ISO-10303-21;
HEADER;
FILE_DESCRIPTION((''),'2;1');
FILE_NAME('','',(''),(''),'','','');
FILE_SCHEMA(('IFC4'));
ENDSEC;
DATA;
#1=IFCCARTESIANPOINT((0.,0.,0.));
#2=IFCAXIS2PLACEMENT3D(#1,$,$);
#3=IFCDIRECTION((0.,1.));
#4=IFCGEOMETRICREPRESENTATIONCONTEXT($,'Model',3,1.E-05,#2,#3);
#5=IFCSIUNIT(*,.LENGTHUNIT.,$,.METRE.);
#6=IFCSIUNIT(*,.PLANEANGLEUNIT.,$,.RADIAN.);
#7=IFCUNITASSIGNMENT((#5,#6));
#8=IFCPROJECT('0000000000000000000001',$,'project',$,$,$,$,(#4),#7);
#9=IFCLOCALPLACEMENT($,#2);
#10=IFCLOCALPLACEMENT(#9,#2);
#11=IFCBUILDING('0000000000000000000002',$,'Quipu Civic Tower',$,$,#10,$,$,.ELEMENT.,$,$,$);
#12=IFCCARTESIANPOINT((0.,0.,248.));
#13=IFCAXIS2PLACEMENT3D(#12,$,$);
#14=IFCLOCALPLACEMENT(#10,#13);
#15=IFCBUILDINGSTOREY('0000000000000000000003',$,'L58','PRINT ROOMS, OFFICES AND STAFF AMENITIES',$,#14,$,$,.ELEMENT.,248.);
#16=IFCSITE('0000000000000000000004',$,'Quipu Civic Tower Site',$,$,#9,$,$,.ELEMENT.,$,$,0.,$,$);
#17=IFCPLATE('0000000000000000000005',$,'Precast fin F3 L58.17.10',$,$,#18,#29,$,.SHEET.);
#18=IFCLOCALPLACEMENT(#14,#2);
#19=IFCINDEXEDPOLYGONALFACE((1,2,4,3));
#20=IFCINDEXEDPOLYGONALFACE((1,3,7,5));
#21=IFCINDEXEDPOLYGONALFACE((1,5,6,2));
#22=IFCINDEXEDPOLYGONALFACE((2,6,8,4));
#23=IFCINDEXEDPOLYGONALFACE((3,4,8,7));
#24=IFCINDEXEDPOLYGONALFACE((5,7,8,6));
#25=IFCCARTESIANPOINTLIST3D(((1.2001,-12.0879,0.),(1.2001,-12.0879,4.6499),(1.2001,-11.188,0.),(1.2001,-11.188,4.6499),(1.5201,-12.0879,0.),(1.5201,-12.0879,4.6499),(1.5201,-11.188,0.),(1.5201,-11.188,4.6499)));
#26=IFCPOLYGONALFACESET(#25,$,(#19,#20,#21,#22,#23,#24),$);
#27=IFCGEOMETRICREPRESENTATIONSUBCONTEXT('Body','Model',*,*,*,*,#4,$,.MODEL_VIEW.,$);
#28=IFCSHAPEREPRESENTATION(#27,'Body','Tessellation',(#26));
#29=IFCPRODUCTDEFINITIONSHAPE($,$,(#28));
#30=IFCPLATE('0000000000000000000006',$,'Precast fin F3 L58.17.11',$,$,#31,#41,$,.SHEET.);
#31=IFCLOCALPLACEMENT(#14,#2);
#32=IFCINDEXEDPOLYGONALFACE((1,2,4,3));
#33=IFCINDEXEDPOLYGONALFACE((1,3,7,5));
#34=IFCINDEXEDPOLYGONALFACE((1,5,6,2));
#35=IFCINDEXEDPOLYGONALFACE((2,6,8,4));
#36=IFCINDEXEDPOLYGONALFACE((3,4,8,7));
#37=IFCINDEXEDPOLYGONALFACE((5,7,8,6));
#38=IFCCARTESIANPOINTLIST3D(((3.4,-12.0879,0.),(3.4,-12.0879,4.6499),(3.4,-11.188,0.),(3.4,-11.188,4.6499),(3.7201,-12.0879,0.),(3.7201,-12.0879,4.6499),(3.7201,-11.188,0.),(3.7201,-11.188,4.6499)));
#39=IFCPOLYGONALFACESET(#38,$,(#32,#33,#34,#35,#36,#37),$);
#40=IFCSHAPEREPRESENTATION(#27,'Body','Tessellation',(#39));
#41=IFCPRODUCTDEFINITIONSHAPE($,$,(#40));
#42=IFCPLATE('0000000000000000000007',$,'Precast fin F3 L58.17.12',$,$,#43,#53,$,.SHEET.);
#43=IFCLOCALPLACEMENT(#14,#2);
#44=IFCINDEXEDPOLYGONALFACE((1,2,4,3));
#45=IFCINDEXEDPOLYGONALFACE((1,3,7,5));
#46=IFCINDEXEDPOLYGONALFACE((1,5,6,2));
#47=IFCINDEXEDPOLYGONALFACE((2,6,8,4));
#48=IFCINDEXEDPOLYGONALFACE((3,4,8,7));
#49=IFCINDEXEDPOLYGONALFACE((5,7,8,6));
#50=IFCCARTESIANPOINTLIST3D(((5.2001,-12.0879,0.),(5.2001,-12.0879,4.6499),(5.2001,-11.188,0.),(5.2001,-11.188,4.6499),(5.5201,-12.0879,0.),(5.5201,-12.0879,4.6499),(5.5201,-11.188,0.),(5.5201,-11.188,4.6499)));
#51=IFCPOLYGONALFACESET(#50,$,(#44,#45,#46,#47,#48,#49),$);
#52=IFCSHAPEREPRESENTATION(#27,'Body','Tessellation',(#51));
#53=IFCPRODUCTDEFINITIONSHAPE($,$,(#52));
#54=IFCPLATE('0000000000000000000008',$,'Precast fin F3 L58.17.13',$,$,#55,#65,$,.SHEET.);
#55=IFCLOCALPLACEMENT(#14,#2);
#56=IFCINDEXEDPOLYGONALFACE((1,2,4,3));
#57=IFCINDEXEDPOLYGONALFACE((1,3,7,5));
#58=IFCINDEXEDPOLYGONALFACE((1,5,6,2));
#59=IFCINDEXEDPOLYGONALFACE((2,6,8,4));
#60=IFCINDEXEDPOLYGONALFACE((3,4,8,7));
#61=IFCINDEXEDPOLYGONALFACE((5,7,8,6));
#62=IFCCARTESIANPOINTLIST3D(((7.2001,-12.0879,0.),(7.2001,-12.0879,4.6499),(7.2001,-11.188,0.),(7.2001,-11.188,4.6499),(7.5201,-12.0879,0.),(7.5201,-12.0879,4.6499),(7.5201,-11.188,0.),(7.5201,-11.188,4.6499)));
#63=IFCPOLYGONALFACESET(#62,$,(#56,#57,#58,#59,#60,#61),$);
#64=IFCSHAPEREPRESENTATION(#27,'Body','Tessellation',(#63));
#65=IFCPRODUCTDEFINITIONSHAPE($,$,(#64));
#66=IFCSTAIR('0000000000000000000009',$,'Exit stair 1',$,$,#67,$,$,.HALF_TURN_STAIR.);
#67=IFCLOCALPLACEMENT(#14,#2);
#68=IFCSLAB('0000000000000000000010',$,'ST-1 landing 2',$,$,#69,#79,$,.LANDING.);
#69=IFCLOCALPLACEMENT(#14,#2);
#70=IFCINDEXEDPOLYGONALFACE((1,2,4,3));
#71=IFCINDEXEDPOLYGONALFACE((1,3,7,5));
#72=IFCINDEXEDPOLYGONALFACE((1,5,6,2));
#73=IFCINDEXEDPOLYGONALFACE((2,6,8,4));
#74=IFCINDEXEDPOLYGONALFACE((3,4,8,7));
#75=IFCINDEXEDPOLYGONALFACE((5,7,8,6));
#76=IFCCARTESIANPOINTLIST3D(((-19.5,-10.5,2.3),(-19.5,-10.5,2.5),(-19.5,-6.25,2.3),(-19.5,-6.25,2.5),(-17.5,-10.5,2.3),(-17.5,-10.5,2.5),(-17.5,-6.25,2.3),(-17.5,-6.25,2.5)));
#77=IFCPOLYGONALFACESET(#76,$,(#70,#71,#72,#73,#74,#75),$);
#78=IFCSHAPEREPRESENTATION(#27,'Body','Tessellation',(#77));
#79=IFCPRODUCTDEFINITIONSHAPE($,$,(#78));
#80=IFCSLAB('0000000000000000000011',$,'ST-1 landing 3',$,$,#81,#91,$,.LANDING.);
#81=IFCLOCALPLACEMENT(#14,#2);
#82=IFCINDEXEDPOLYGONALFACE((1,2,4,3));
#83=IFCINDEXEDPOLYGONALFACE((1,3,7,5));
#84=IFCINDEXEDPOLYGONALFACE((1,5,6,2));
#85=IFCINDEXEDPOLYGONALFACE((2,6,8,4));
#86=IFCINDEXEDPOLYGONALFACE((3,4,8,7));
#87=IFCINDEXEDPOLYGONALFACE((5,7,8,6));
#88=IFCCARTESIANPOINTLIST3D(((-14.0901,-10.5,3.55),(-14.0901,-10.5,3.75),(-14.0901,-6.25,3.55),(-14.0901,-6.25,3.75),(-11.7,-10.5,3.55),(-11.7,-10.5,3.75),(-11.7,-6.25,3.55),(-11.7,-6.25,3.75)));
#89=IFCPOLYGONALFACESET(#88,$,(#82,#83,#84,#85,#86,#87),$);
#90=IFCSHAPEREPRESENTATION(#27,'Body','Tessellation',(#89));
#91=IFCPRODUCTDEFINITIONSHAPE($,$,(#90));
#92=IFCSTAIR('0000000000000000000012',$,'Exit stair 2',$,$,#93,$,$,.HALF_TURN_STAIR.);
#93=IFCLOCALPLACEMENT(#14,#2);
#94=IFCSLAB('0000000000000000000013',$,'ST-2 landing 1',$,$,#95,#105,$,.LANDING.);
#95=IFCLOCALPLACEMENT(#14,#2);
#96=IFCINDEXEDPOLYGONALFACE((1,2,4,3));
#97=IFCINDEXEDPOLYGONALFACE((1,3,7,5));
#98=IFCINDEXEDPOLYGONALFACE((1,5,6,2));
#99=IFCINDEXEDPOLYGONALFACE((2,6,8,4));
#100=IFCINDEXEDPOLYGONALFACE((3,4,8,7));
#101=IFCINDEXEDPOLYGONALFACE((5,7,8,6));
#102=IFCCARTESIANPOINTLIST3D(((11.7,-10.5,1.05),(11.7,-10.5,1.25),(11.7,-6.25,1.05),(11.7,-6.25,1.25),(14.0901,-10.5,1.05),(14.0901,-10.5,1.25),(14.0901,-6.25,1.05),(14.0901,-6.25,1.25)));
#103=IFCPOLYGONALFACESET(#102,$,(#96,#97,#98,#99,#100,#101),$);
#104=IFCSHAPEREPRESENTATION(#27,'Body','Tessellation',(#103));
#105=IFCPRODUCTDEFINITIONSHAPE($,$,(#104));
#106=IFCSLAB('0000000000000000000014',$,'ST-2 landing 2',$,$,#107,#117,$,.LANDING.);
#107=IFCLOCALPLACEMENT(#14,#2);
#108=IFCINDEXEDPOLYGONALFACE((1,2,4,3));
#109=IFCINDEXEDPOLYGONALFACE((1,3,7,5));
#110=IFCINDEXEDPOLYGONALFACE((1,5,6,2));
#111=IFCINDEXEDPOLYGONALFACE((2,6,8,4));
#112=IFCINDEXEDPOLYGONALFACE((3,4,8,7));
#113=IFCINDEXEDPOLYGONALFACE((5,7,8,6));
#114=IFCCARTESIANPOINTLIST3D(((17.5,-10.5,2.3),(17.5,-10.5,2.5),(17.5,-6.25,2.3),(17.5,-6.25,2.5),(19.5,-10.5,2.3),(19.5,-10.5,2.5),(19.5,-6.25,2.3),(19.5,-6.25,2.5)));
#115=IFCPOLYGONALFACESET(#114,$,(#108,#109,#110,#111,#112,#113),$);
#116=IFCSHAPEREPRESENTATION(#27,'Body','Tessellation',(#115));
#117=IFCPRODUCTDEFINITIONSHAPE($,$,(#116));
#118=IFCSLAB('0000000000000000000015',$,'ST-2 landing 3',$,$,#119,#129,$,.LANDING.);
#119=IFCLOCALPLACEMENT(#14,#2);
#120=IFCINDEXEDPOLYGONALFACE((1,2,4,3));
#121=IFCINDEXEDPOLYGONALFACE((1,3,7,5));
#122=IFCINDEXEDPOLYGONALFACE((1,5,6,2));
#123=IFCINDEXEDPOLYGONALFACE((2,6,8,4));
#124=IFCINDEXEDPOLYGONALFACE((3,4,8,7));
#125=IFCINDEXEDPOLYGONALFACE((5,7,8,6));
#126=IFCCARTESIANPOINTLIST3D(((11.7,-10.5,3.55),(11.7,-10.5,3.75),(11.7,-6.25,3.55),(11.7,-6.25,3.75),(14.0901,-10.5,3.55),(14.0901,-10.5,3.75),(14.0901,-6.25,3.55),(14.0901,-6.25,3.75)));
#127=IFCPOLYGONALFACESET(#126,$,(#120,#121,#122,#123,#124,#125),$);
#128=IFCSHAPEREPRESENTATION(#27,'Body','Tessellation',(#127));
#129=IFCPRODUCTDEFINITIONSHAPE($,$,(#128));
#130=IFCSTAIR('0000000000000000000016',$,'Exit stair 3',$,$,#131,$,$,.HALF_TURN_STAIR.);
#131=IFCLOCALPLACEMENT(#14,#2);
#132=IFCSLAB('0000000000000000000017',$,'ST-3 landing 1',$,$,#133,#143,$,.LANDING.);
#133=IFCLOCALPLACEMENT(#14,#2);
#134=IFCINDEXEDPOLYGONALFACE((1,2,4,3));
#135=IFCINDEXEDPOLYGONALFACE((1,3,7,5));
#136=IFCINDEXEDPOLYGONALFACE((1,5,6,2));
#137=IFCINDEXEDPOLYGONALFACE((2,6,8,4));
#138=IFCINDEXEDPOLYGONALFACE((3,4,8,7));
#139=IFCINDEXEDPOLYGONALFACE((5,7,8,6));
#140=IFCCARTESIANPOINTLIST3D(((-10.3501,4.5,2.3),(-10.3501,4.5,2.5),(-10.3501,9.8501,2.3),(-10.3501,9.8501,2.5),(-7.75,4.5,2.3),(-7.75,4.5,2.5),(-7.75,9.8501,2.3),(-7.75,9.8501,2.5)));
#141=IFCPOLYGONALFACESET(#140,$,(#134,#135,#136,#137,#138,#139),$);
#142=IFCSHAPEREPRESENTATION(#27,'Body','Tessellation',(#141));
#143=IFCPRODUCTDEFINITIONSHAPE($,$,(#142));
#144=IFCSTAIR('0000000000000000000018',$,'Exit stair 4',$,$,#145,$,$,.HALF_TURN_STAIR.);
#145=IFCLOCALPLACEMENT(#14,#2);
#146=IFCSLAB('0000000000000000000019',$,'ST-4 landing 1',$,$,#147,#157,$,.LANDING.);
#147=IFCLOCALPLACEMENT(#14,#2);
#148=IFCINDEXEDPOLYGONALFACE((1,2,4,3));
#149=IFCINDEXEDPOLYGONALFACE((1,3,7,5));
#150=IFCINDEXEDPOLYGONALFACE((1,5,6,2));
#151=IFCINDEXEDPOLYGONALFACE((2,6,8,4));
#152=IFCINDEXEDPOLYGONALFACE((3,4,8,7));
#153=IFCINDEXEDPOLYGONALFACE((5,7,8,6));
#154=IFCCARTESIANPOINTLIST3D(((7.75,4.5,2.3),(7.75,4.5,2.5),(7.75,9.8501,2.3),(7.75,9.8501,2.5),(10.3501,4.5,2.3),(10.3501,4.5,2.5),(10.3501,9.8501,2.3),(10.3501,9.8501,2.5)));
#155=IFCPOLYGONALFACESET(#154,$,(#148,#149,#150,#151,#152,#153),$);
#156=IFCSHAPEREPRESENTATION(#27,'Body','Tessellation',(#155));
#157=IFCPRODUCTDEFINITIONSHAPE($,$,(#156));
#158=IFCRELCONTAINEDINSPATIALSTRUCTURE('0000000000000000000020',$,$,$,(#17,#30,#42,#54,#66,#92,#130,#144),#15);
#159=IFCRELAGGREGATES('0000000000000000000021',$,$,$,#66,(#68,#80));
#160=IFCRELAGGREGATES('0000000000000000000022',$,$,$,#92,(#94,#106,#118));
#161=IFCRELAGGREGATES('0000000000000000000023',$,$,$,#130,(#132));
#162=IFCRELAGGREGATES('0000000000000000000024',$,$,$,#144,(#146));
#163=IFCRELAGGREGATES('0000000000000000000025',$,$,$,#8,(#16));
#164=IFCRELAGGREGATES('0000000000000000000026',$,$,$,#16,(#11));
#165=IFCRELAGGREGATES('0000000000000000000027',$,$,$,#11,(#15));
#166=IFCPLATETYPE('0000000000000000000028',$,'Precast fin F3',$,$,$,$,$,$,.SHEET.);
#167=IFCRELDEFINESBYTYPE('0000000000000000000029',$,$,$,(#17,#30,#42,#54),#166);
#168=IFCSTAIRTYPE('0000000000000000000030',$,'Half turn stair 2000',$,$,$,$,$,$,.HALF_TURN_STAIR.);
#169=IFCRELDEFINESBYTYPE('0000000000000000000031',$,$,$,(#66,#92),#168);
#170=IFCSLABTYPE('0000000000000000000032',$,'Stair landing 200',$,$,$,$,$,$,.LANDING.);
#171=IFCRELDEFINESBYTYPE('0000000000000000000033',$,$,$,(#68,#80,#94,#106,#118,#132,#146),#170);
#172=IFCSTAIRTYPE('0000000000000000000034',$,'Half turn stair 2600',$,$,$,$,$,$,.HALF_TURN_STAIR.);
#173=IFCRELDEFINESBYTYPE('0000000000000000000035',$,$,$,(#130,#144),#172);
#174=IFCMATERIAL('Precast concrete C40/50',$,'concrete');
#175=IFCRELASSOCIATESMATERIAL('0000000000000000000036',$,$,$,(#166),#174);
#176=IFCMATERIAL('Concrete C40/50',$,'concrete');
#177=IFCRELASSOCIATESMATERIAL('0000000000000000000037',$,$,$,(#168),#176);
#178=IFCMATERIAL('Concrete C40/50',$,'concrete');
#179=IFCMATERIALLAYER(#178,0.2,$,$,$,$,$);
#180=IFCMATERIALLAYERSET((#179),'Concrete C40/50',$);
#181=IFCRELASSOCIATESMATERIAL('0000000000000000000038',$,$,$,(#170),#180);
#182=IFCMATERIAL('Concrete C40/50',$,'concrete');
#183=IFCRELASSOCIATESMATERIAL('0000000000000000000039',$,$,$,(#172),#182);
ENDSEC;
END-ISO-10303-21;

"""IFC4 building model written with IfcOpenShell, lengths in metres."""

from ifc_helpers import new_model, si_unit, direction, frame, origin, origin_2d, place, context, subcontext, project, spatial, polyline, rectangle, outline, extrude, material, layer, layer_set, type_object, element, aggregate, save


model = new_model("IFC4")

# Units and contexts
model_context = context("Model", 3, precision=1e-05, world=origin(), true_north=direction((0.0, 1.0)))
body_context = subcontext(model_context, "Body", "Model", "MODEL_VIEW")
ifc_project = project(units=[si_unit("LENGTHUNIT", "METRE"), si_unit("PLANEANGLEUNIT", "RADIAN")], contexts=[model_context])

# Site, building, storey
site_placement = place(None, origin())
site = spatial("IfcSite", under=ifc_project, at=site_placement, Name="Quipu Civic Tower Site", CompositionType="ELEMENT", RefElevation=0.0)
building_placement = place(site_placement, origin())
building = spatial("IfcBuilding", under=site, at=building_placement, Name="Quipu Civic Tower", CompositionType="ELEMENT")
storey_placement = place(building_placement, frame((0.0, 0.0, 248.0)))
storey = spatial("IfcBuildingStorey", under=building, at=storey_placement, Name="L58", Description="PRINT ROOMS, OFFICES AND STAFF AMENITIES", CompositionType="ELEMENT", Elevation=248.0)

# Plates
ifc_material_1 = material(Name="Precast concrete C40/50", Category="concrete")
plate_type = type_object("IfcPlateType", Name="Precast fin F3", PredefinedType="SHEET", material=ifc_material_1)
for number, where, z_axis, x_axis, name in (
    (1, (1.3601, -11.6379, 0.0), (0.0, 0.0, 1.0), (1.0, 0.0, 0.0), "Precast fin F3 L58.17.10"),
    (2, (3.5601, -11.6379, 0.0), (0.0, 0.0, 1.0), (1.0, 0.0, 0.0), "Precast fin F3 L58.17.11"),
    (3, (5.3601, -11.6379, 0.0), (0.0, 0.0, 1.0), (1.0, 0.0, 0.0), "Precast fin F3 L58.17.12"),
    (4, (7.3601, -11.6379, 0.0), (0.0, 0.0, 1.0), (1.0, 0.0, 0.0), "Precast fin F3 L58.17.13"),
):
    element("IfcPlate", number, at=place(storey_placement, frame(where, z_axis=z_axis, x_axis=x_axis)), inside=storey, type_object=plate_type, Name=name, PredefinedType="SHEET", context=body_context, shape_type="SweptSolid", body=[
        extrude(rectangle(XDim=0.3201, YDim=0.8999, at=origin_2d()), origin(), (0.0, 0.0, 1.0), 4.6499),
    ])

# Stairs, slabs
ifc_material_2 = material(Name="Concrete C40/50", Category="concrete")
stair_type_1 = type_object("IfcStairType", Name="Half turn stair 2000", PredefinedType="HALF_TURN_STAIR", material=ifc_material_2)
stair_1_placement = place(storey_placement, origin())
stair_1 = element("IfcStair", 5, at=stair_1_placement, inside=storey, type_object=stair_type_1, Name="Exit stair 1", PredefinedType="HALF_TURN_STAIR")
ifc_material_3 = material(Name="Concrete C40/50", Category="concrete")
ifc_layer_1 = layer(ifc_material_3, 0.2)
ifc_layer_set_1 = layer_set([ifc_layer_1], Name="Concrete C40/50")
slab_type = type_object("IfcSlabType", Name="Stair landing 200", PredefinedType="LANDING", material=ifc_layer_set_1)
slab_1_placement = place(storey_placement, frame((0.0, 0.0, 2.3)))
slab_1 = element("IfcSlab", 6, at=slab_1_placement, type_object=slab_type, Name="ST-1 landing 2", PredefinedType="LANDING", context=body_context, shape_type="SweptSolid", body=[
    extrude(outline(polyline([(-19.5, -10.5), (-17.5, -10.5), (-17.5, -6.25), (-19.5, -6.25), (-19.5, -10.5)])), origin(), (0.0, 0.0, 1.0), 0.2),
])
slab_2_placement = place(storey_placement, frame((0.0, 0.0, 3.55)))
slab_2 = element("IfcSlab", 7, at=slab_2_placement, type_object=slab_type, Name="ST-1 landing 3", PredefinedType="LANDING", context=body_context, shape_type="SweptSolid", body=[
    extrude(outline(polyline([(-14.0901, -10.5), (-11.7, -10.5), (-11.7, -6.25), (-14.0901, -6.25), (-14.0901, -10.5)])), origin(), (0.0, 0.0, 1.0), 0.2),
])
aggregate(stair_1, [slab_1, slab_2])
stair_2_placement = place(storey_placement, origin())
stair_2 = element("IfcStair", 8, at=stair_2_placement, inside=storey, type_object=stair_type_1, Name="Exit stair 2", PredefinedType="HALF_TURN_STAIR")
slab_3_placement = place(storey_placement, frame((0.0, 0.0, 1.05)))
slab_3 = element("IfcSlab", 9, at=slab_3_placement, type_object=slab_type, Name="ST-2 landing 1", PredefinedType="LANDING", context=body_context, shape_type="SweptSolid", body=[
    extrude(outline(polyline([(14.0901, -6.25), (11.7, -6.25), (11.7, -10.5), (14.0901, -10.5), (14.0901, -6.25)])), origin(), (0.0, 0.0, 1.0), 0.2),
])
slab_4_placement = place(storey_placement, frame((0.0, 0.0, 2.3)))
slab_4 = element("IfcSlab", 10, at=slab_4_placement, type_object=slab_type, Name="ST-2 landing 2", PredefinedType="LANDING", context=body_context, shape_type="SweptSolid", body=[
    extrude(outline(polyline([(19.5, -6.25), (17.5, -6.25), (17.5, -10.5), (19.5, -10.5), (19.5, -6.25)])), origin(), (0.0, 0.0, 1.0), 0.2),
])
slab_5_placement = place(storey_placement, frame((0.0, 0.0, 3.55)))
slab_5 = element("IfcSlab", 11, at=slab_5_placement, type_object=slab_type, Name="ST-2 landing 3", PredefinedType="LANDING", context=body_context, shape_type="SweptSolid", body=[
    extrude(outline(polyline([(14.0901, -6.25), (11.7, -6.25), (11.7, -10.5), (14.0901, -10.5), (14.0901, -6.25)])), origin(), (0.0, 0.0, 1.0), 0.2),
])
aggregate(stair_2, [slab_3, slab_4, slab_5])

# Stairs, slabs
ifc_material_4 = material(Name="Concrete C40/50", Category="concrete")
stair_type_2 = type_object("IfcStairType", Name="Half turn stair 2600", PredefinedType="HALF_TURN_STAIR", material=ifc_material_4)
stair_3_placement = place(storey_placement, origin())
stair_3 = element("IfcStair", 12, at=stair_3_placement, inside=storey, type_object=stair_type_2, Name="Exit stair 3", PredefinedType="HALF_TURN_STAIR")
slab_6_placement = place(storey_placement, frame((0.0, 0.0, 2.3)))
slab_6 = element("IfcSlab", 13, at=slab_6_placement, type_object=slab_type, Name="ST-3 landing 1", PredefinedType="LANDING", context=body_context, shape_type="SweptSolid", body=[
    extrude(outline(polyline([(-10.3501, 4.5), (-7.75, 4.5), (-7.75, 9.8501), (-10.3501, 9.8501), (-10.3501, 4.5)])), origin(), (0.0, 0.0, 1.0), 0.2),
])
aggregate(stair_3, [slab_6])
stair_4_placement = place(storey_placement, origin())
stair_4 = element("IfcStair", 14, at=stair_4_placement, inside=storey, type_object=stair_type_2, Name="Exit stair 4", PredefinedType="HALF_TURN_STAIR")
slab_7_placement = place(storey_placement, frame((0.0, 0.0, 2.3)))
slab_7 = element("IfcSlab", 15, at=slab_7_placement, type_object=slab_type, Name="ST-4 landing 1", PredefinedType="LANDING", context=body_context, shape_type="SweptSolid", body=[
    extrude(outline(polyline([(10.3501, 9.8501), (7.75, 9.8501), (7.75, 4.5), (10.3501, 4.5), (10.3501, 9.8501)])), origin(), (0.0, 0.0, 1.0), 0.2),
])
aggregate(stair_4, [slab_7])

save(model, "model.ifc")
